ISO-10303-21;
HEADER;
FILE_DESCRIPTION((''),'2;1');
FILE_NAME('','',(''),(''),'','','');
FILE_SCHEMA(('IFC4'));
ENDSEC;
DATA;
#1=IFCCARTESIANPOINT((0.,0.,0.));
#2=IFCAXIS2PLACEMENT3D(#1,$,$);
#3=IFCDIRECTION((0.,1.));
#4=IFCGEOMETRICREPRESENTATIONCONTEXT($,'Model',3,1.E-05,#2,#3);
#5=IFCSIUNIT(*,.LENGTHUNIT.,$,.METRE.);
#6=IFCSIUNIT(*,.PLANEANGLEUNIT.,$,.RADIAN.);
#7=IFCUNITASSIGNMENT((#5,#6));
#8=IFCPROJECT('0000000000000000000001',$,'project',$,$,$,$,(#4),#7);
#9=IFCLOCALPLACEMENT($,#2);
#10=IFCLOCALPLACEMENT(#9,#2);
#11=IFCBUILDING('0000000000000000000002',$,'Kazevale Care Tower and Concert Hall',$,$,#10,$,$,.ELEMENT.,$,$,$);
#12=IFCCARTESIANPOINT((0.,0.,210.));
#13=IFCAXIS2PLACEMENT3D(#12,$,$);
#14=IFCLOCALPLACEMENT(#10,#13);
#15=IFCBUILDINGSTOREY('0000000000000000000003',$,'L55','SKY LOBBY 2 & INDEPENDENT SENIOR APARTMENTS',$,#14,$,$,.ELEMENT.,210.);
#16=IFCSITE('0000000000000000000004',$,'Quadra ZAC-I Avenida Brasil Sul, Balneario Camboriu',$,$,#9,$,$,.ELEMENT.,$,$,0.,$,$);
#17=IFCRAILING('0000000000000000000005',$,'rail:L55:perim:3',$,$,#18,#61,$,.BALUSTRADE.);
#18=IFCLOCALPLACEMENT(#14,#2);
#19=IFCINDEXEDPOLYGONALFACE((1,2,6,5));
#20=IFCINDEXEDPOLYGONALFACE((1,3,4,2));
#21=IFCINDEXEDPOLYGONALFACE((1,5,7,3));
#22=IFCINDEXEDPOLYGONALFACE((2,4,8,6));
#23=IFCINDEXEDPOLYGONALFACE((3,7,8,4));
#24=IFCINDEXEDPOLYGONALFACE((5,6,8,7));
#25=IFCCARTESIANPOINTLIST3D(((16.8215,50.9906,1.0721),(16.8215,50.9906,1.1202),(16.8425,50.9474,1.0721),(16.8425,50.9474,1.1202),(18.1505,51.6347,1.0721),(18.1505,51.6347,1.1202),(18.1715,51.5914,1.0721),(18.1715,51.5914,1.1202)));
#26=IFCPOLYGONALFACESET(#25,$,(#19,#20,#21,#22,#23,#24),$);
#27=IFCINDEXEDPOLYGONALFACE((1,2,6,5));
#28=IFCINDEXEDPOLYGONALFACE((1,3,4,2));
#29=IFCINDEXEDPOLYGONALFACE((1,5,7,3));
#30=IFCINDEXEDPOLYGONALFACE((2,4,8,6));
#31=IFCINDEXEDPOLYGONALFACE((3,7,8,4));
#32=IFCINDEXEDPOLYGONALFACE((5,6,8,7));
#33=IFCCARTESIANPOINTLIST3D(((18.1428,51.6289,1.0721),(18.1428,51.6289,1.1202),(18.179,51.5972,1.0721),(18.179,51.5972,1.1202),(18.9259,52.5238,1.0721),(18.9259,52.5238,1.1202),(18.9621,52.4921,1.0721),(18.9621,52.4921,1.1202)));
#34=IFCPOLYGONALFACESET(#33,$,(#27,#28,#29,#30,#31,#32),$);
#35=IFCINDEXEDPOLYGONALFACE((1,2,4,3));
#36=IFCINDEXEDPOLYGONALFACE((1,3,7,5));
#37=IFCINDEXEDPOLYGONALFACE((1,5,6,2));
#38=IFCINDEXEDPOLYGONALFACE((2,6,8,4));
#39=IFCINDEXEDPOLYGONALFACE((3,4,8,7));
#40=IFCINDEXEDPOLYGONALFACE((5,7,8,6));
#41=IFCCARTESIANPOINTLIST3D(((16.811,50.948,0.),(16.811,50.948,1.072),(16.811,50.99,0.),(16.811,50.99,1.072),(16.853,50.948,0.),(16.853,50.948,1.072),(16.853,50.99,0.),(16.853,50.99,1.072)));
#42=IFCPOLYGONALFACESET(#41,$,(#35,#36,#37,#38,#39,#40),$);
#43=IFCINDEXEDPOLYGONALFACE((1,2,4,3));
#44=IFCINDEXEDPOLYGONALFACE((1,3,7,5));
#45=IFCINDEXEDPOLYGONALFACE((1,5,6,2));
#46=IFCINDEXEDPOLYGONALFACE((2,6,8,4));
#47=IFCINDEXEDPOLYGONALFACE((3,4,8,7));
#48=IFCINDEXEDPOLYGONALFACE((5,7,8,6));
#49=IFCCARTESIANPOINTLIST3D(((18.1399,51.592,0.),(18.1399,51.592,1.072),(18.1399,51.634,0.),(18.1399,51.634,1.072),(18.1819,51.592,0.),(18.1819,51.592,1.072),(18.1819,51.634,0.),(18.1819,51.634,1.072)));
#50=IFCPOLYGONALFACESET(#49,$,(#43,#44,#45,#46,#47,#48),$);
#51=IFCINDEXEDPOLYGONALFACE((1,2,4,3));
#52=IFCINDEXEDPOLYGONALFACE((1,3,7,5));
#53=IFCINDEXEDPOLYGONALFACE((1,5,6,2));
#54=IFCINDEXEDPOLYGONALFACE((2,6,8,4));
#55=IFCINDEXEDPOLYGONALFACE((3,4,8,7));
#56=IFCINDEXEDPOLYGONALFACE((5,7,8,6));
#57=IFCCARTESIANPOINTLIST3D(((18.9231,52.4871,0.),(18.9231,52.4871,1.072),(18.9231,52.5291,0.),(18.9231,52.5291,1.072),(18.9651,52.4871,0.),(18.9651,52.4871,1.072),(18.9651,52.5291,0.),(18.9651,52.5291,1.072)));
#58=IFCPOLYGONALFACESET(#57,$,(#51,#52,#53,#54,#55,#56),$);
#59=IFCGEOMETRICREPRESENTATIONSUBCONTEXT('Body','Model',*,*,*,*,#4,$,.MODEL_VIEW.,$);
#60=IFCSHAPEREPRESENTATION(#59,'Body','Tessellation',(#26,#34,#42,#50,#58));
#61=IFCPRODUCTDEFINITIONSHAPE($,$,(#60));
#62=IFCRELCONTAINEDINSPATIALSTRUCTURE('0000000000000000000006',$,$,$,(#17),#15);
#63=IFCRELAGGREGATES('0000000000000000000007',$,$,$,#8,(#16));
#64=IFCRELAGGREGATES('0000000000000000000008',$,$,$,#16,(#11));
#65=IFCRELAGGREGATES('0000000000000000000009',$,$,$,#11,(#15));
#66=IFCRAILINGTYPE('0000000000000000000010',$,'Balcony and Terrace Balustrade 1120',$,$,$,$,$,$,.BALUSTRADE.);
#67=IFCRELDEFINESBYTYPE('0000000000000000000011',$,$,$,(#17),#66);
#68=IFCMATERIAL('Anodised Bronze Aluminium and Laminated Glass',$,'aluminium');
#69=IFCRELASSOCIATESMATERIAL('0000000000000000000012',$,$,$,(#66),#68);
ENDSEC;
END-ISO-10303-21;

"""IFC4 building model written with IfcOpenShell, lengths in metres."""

from ifc_helpers import new_model, si_unit, direction, frame, origin, origin_2d, place, context, subcontext, project, spatial, rectangle, extrude, material, type_object, element, save


model = new_model("IFC4")

# Units and contexts
model_context = context("Model", 3, precision=1e-05, world=origin(), true_north=direction((0.0, 1.0)))
body_context = subcontext(model_context, "Body", "Model", "MODEL_VIEW")
ifc_project = project(units=[si_unit("LENGTHUNIT", "METRE"), si_unit("PLANEANGLEUNIT", "RADIAN")], contexts=[model_context])

# Site, building, storey
site_placement = place(None, origin())
site = spatial("IfcSite", under=ifc_project, at=site_placement, Name="Quadra ZAC-I Avenida Brasil Sul, Balneario Camboriu", CompositionType="ELEMENT", RefElevation=0.0)
building_placement = place(site_placement, origin())
building = spatial("IfcBuilding", under=site, at=building_placement, Name="Kazevale Care Tower and Concert Hall", CompositionType="ELEMENT")
storey_placement = place(building_placement, frame((0.0, 0.0, 210.0)))
storey = spatial("IfcBuildingStorey", under=building, at=storey_placement, Name="L55", Description="SKY LOBBY 2 & INDEPENDENT SENIOR APARTMENTS", CompositionType="ELEMENT", Elevation=210.0)

# Railing
ifc_material_1 = material(Name="Anodised Bronze Aluminium and Laminated Glass", Category="aluminium")
railing_type = type_object("IfcRailingType", Name="Balcony and Terrace Balustrade 1120", PredefinedType="BALUSTRADE", material=ifc_material_1)
railing_1_placement = place(storey_placement, frame((16.832, 50.969, 0.0)))
element("IfcRailing", 1, at=railing_1_placement, inside=storey, type_object=railing_type, Name="rail:L55:perim:3", PredefinedType="BALUSTRADE", context=body_context, shape_type="SweptSolid", body=[
    extrude(rectangle(XDim=0.0481, YDim=0.0481, at=origin_2d()), frame((0.0, 0.0, 1.0962), z_axis=(0.899881, 0.436136, 0.0), x_axis=(-0.436136, 0.899881, 0.0)), (0.0, 0.0, 1.0), 1.4768),
    extrude(rectangle(XDim=0.0481, YDim=0.0481, at=origin_2d()), frame((1.3289, 0.644, 1.0962), z_axis=(0.658534, 0.752551, 0.0), x_axis=(-0.752551, 0.658534, 0.0)), (0.0, 0.0, 1.0), 1.1892),
    extrude(rectangle(XDim=0.042, YDim=0.042, at=origin_2d()), origin(), (0.0, 0.0, 1.0), 1.072),
    extrude(rectangle(XDim=0.042, YDim=0.042, at=origin_2d()), frame((1.3289, 0.644, 0.0)), (0.0, 0.0, 1.0), 1.072),
    extrude(rectangle(XDim=0.042, YDim=0.042, at=origin_2d()), frame((2.1121, 1.5391, 0.0)), (0.0, 0.0, 1.0), 1.072),
])

save(model, "model.ifc")
